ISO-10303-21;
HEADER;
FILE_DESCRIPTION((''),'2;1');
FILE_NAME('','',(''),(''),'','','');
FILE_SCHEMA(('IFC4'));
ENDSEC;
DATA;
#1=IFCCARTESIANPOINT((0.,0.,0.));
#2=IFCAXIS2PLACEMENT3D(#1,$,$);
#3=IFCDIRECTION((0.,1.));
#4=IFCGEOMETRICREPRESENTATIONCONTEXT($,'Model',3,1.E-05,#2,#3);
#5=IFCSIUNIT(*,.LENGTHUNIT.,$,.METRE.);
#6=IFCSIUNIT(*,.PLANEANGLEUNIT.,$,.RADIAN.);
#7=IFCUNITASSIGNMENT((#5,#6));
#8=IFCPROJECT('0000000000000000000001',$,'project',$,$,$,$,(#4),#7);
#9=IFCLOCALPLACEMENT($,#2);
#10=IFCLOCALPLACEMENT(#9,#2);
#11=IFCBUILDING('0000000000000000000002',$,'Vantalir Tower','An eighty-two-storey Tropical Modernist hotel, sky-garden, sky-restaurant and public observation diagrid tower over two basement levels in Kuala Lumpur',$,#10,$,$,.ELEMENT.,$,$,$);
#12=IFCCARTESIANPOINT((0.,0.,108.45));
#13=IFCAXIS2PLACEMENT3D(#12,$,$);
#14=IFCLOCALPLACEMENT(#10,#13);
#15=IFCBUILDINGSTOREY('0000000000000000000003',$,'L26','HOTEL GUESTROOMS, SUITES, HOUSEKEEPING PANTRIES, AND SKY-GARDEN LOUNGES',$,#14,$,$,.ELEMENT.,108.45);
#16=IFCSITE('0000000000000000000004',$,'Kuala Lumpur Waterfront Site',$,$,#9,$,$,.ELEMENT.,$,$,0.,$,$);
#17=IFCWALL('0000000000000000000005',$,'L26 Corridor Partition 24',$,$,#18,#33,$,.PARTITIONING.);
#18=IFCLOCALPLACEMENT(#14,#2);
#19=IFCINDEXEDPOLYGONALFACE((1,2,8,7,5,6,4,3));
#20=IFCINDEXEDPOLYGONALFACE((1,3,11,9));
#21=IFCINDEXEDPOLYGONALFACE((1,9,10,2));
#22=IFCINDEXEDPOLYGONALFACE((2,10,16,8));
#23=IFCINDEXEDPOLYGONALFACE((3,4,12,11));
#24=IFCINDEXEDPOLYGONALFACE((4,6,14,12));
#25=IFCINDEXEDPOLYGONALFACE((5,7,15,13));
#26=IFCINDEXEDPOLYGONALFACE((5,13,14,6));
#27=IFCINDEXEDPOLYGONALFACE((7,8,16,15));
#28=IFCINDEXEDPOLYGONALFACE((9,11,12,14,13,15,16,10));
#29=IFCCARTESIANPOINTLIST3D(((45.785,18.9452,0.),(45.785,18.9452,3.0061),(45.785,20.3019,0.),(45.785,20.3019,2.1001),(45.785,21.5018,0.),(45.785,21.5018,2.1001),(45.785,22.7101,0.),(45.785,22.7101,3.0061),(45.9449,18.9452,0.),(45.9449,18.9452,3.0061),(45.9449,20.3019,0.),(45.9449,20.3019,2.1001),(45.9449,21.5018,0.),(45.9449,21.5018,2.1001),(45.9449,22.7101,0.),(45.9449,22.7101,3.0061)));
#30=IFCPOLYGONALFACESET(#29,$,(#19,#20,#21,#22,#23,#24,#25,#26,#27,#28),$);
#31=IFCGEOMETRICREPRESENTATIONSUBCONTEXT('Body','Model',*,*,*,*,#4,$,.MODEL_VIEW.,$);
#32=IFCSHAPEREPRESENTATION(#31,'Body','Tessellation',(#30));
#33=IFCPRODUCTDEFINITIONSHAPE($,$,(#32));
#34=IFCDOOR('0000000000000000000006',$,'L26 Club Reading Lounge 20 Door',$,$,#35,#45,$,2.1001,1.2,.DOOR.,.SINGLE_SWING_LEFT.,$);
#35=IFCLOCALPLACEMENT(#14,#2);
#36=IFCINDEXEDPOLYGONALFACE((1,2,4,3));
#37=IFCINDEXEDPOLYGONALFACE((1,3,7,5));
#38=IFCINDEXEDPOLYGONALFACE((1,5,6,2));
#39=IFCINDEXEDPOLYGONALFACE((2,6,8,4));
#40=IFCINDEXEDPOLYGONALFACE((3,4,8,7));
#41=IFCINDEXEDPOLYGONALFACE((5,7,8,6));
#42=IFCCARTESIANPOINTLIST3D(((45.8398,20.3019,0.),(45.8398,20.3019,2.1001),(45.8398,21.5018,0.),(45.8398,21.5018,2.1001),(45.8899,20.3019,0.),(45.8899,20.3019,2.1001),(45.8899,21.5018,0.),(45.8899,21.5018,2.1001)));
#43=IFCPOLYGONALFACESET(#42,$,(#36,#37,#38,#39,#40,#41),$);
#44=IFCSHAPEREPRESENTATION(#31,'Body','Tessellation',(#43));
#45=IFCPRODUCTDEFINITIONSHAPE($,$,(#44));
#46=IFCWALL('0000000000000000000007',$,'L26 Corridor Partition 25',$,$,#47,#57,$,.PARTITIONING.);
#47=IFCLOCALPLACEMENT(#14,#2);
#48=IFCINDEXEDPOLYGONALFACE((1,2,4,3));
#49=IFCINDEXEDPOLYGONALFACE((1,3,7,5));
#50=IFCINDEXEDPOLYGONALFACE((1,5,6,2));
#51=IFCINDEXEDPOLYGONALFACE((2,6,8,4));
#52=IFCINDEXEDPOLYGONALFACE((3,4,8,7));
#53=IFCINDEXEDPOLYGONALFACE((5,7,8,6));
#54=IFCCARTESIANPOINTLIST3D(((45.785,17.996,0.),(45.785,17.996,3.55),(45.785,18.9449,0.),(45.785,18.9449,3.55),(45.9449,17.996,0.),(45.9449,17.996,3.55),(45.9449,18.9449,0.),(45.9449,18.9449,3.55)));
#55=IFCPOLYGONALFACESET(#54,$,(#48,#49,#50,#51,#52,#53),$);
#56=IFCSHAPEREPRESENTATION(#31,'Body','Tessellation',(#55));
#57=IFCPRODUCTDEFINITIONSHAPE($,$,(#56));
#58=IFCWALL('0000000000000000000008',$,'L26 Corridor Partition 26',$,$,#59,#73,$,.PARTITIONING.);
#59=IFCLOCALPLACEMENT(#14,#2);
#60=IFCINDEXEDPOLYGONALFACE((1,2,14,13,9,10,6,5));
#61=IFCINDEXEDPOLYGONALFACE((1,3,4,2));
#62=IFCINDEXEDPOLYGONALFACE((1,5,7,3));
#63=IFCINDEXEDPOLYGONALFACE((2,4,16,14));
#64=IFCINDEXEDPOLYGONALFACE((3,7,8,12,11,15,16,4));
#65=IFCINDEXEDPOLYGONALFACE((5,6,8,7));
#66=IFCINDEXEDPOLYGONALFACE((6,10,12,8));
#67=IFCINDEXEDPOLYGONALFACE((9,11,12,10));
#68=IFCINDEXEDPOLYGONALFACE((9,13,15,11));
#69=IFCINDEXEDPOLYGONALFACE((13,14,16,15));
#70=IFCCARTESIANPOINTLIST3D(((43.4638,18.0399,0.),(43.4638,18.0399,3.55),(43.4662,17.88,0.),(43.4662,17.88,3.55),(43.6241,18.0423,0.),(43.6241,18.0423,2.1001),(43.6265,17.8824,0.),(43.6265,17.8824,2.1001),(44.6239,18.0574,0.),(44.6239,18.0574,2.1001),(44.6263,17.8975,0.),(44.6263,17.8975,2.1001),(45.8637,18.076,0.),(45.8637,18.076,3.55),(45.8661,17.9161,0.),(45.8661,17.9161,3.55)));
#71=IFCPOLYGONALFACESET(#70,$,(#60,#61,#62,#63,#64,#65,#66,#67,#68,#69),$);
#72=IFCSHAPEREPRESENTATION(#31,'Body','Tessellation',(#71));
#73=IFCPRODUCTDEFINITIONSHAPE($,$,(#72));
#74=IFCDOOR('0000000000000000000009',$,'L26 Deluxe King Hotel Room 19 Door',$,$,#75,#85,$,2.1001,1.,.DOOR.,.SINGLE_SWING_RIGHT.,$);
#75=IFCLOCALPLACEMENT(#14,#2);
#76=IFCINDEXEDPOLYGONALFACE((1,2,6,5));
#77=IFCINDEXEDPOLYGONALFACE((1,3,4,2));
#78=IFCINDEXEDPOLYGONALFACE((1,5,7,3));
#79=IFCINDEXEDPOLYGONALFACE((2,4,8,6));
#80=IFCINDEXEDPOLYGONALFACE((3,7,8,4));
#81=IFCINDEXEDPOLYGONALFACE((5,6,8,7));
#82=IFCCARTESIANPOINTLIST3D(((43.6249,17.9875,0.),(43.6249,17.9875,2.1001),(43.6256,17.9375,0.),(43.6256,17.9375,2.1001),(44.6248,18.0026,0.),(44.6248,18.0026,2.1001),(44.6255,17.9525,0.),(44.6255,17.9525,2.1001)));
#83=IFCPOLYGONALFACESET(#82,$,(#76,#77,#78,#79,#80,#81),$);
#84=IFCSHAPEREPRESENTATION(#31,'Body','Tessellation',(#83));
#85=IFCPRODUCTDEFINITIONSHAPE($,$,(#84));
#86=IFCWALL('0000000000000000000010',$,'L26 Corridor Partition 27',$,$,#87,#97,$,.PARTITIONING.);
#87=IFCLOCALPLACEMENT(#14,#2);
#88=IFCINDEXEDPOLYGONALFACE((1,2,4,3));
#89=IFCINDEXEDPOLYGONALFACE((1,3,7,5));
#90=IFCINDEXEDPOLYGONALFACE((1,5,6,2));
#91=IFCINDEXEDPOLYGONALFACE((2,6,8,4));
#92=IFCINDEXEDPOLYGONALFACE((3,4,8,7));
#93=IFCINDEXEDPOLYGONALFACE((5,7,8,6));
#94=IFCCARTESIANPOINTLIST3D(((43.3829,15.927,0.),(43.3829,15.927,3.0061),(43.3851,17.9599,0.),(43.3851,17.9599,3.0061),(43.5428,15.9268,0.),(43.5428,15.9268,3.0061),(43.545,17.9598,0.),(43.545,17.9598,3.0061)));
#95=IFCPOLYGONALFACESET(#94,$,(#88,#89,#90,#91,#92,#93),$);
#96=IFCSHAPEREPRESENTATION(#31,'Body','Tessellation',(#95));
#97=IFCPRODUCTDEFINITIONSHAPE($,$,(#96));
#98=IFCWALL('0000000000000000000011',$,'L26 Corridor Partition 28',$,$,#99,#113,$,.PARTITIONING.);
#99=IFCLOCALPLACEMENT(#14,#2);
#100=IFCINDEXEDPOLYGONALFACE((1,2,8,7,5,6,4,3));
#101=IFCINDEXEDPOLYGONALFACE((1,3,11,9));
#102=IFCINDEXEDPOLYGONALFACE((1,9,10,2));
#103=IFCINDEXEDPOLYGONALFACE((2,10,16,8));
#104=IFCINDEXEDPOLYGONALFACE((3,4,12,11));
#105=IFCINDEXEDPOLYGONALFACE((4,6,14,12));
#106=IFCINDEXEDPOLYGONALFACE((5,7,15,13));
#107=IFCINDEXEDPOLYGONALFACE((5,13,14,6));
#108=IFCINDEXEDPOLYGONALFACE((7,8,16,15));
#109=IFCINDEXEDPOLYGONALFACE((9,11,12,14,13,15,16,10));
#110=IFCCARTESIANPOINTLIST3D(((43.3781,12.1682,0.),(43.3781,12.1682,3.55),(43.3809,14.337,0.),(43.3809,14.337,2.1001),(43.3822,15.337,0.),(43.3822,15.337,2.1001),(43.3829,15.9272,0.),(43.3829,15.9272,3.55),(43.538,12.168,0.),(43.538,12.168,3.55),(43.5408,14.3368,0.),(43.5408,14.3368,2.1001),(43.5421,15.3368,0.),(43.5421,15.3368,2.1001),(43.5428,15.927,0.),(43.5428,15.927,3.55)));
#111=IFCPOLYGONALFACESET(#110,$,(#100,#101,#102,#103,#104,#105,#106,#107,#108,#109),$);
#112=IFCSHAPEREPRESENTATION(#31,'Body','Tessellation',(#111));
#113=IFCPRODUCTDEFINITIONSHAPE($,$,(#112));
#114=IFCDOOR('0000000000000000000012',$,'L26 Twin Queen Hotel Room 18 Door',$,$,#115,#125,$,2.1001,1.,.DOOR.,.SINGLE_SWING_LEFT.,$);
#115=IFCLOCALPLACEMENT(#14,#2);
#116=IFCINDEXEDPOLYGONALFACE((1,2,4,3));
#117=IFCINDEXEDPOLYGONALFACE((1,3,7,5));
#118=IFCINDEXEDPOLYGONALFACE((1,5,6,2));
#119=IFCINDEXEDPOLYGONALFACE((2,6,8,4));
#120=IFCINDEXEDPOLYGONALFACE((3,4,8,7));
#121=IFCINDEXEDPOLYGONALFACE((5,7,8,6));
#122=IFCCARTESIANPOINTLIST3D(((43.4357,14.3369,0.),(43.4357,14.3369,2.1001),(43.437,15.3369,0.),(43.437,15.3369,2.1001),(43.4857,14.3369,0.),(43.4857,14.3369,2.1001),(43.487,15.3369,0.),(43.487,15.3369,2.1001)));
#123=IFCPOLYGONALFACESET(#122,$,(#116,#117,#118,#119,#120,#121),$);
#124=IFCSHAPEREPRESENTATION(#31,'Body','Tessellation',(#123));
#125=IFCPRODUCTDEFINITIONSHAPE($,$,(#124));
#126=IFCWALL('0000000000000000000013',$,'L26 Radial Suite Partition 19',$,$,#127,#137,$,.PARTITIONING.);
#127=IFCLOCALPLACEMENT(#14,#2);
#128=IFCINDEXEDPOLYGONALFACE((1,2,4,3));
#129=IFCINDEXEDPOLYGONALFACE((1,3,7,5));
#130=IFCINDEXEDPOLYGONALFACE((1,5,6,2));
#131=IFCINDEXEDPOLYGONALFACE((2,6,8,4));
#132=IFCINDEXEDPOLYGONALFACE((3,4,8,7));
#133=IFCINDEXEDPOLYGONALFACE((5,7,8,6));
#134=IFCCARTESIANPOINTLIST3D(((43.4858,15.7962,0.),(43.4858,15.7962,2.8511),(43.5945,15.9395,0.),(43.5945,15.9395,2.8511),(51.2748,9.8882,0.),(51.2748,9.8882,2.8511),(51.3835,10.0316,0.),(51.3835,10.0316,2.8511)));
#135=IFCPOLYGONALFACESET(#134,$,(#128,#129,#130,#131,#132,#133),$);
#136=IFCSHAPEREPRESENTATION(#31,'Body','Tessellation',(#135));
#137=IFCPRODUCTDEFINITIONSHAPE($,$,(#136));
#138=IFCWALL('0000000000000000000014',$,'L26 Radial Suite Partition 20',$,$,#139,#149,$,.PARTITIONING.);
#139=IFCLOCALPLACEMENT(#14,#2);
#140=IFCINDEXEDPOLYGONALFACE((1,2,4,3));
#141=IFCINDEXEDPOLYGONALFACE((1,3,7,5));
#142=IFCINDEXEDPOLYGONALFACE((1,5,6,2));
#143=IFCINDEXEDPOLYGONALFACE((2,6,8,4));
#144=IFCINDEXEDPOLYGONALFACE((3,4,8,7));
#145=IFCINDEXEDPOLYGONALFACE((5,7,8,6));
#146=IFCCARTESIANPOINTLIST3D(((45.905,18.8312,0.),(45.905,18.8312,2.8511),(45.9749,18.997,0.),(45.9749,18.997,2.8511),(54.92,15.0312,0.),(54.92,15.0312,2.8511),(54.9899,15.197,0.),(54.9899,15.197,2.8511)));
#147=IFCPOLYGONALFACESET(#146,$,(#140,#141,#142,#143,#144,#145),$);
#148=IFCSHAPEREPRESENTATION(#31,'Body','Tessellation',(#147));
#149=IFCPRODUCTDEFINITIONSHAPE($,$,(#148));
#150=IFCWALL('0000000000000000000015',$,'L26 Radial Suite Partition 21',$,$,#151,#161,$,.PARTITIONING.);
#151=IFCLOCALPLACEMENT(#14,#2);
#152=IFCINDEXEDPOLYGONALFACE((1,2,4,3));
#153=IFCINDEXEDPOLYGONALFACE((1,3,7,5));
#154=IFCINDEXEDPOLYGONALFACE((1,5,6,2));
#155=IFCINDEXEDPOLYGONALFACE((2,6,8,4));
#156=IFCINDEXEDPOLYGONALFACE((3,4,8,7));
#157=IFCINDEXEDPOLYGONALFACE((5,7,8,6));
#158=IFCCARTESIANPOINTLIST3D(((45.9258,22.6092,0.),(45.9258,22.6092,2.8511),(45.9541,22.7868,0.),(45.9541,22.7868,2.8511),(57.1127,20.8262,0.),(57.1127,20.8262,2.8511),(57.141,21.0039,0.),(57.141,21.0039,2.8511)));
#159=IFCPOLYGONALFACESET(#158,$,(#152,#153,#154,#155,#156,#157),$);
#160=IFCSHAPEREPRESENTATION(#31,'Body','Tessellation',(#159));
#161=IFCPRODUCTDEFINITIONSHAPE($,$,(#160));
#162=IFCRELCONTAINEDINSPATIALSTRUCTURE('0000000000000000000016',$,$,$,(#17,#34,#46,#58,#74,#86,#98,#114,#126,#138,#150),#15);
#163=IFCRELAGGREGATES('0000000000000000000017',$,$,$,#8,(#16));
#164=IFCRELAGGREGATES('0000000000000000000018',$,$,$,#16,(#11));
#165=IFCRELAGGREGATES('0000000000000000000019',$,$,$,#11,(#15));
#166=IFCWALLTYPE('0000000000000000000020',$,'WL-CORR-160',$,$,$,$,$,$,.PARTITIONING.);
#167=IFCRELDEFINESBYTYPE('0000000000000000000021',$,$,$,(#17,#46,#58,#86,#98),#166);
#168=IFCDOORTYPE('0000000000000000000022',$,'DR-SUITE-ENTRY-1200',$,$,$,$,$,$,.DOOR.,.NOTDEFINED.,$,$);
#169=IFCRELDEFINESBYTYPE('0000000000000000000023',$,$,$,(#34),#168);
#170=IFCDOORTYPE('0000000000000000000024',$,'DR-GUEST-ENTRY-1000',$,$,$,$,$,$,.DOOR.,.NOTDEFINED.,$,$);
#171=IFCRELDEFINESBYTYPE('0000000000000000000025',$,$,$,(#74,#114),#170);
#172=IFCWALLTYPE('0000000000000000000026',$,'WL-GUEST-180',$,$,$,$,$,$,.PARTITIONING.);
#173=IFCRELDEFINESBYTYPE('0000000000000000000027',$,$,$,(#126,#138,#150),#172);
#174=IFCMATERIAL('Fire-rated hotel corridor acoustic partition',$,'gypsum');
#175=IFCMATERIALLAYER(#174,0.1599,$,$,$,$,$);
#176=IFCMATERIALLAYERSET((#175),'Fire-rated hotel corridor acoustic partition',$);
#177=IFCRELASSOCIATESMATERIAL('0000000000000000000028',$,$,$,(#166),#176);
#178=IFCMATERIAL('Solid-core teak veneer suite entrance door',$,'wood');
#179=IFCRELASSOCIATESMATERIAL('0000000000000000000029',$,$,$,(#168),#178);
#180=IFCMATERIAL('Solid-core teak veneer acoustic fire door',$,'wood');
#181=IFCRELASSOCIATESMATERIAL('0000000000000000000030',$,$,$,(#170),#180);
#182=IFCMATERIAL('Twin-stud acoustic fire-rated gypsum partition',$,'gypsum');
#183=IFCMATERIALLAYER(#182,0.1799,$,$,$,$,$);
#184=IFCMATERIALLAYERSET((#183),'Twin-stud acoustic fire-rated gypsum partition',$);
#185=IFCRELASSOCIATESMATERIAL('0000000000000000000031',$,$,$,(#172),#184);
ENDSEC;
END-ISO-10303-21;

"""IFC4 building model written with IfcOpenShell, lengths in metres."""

from ifc_helpers import new_model, si_unit, direction, frame, frame_2d, origin, place, context, subcontext, project, spatial, rectangle, extrude, material, layer, layer_set, type_object, element, fill, save


model = new_model("IFC4")

# Units and contexts
model_context = context("Model", 3, precision=1e-05, world=origin(), true_north=direction((0.0, 1.0)))
body_context = subcontext(model_context, "Body", "Model", "MODEL_VIEW")
ifc_project = project(units=[si_unit("LENGTHUNIT", "METRE"), si_unit("PLANEANGLEUNIT", "RADIAN")], contexts=[model_context])

# Site, building, storey
site_placement = place(None, origin())
site = spatial("IfcSite", under=ifc_project, at=site_placement, Name="Kuala Lumpur Waterfront Site", CompositionType="ELEMENT", RefElevation=0.0)
building_placement = place(site_placement, origin())
building = spatial("IfcBuilding", under=site, at=building_placement, Name="Vantalir Tower", Description="An eighty-two-storey Tropical Modernist hotel, sky-garden, sky-restaurant and public observation diagrid tower over two basement levels in Kuala Lumpur", CompositionType="ELEMENT")
storey_placement = place(building_placement, frame((0.0, 0.0, 108.45)))
storey = spatial("IfcBuildingStorey", under=building, at=storey_placement, Name="L26", Description="HOTEL GUESTROOMS, SUITES, HOUSEKEEPING PANTRIES, AND SKY-GARDEN LOUNGES", CompositionType="ELEMENT", Elevation=108.45)

# Wall, opening, door
ifc_material_1 = material(Name="Fire-rated hotel corridor acoustic partition", Category="gypsum")
ifc_layer_1 = layer(ifc_material_1, 0.1599)
ifc_layer_set_1 = layer_set([ifc_layer_1], Name="Fire-rated hotel corridor acoustic partition")
wall_type_1 = type_object("IfcWallType", Name="WL-CORR-160", PredefinedType="PARTITIONING", material=ifc_layer_set_1)
wall_1_placement = place(storey_placement, frame((45.865, 22.71, 0.0), z_axis=(0.0, 0.0, 1.0), x_axis=(0.0, -1.0, 0.0)))
wall_1 = element("IfcWall", 1, at=wall_1_placement, inside=storey, type_object=wall_type_1, Name="L26 Corridor Partition 24", PredefinedType="PARTITIONING", context=body_context, shape_type="SweptSolid", body=[
    extrude(rectangle(XDim=3.7649, YDim=0.1599, at=frame_2d((1.8823, 0.0))), origin(), (0.0, 0.0, 1.0), 3.0061),
])
opening_1_placement = place(wall_1_placement, frame((1.208, 0.0, 0.0)))
opening_1 = element("IfcOpeningElement", 2, at=opening_1_placement, cuts=wall_1, PredefinedType="OPENING", context=body_context, shape_type="SweptSolid", body=[
    extrude(rectangle(XDim=1.2, YDim=2.1001, at=frame_2d((0.6001, 1.05))), frame((0.0, 0.0898, 0.0), z_axis=(0.0, -1.0, 0.0), x_axis=(1.0, 0.0, 0.0)), (0.0, 0.0, 1.0), 0.1799),
])
ifc_material_2 = material(Name="Solid-core teak veneer suite entrance door", Category="wood")
door_type_1 = type_object("IfcDoorType", Name="DR-SUITE-ENTRY-1200", OperationType="NOTDEFINED", PredefinedType="DOOR", material=ifc_material_2)
door_1_placement = place(opening_1_placement, origin())
door_1 = element("IfcDoor", 3, at=door_1_placement, inside=storey, type_object=door_type_1, Name="L26 Club Reading Lounge 20 Door", OperationType="SINGLE_SWING_LEFT", OverallHeight=2.1001, OverallWidth=1.2, PredefinedType="DOOR", context=body_context, shape_type="SweptSolid", body=[
    extrude(rectangle(XDim=1.2, YDim=2.1001, at=frame_2d((0.6001, 1.05))), frame((0.0, 0.0249, 0.0), z_axis=(0.0, -1.0, 0.0), x_axis=(1.0, 0.0, 0.0)), (0.0, 0.0, 1.0), 0.05),
])
fill(opening_1, door_1)

# Wall
wall_2_placement = place(storey_placement, frame((45.865, 18.9451, 0.0), z_axis=(0.0, 0.0, 1.0), x_axis=(0.0, -1.0, 0.0)))
element("IfcWall", 4, at=wall_2_placement, inside=storey, type_object=wall_type_1, Name="L26 Corridor Partition 25", PredefinedType="PARTITIONING", context=body_context, shape_type="SweptSolid", body=[
    extrude(rectangle(XDim=0.949, YDim=0.1599, at=frame_2d((0.4746, 0.0))), origin(), (0.0, 0.0, 1.0), 3.55),
])

# Wall, opening, door
wall_3_placement = place(storey_placement, frame((45.865, 17.9961, 0.0), z_axis=(0.0, 0.0, 1.0), x_axis=(-0.999887, -0.015054, 0.0)))
wall_3 = element("IfcWall", 5, at=wall_3_placement, inside=storey, type_object=wall_type_1, Name="L26 Corridor Partition 26", PredefinedType="PARTITIONING", context=body_context, shape_type="SweptSolid", body=[
    extrude(rectangle(XDim=2.4001, YDim=0.1599, at=frame_2d((1.2002, 0.0))), origin(), (0.0, 0.0, 1.0), 3.55),
])
opening_2_placement = place(wall_3_placement, frame((1.24, 0.0, 0.0)))
opening_2 = element("IfcOpeningElement", 6, at=opening_2_placement, cuts=wall_3, PredefinedType="OPENING", context=body_context, shape_type="SweptSolid", body=[
    extrude(rectangle(XDim=1.0, YDim=2.1001, at=frame_2d((0.5, 1.05))), frame((0.0, 0.0898, 0.0), z_axis=(0.0, -1.0, 0.0), x_axis=(1.0, 0.0, 0.0)), (0.0, 0.0, 1.0), 0.1799),
])
ifc_material_3 = material(Name="Solid-core teak veneer acoustic fire door", Category="wood")
door_type_2 = type_object("IfcDoorType", Name="DR-GUEST-ENTRY-1000", OperationType="NOTDEFINED", PredefinedType="DOOR", material=ifc_material_3)
door_2_placement = place(opening_2_placement, origin())
door_2 = element("IfcDoor", 7, at=door_2_placement, inside=storey, type_object=door_type_2, Name="L26 Deluxe King Hotel Room 19 Door", OperationType="SINGLE_SWING_RIGHT", OverallHeight=2.1001, OverallWidth=1.0, PredefinedType="DOOR", context=body_context, shape_type="SweptSolid", body=[
    extrude(rectangle(XDim=1.0, YDim=2.1001, at=frame_2d((0.5, 1.05))), frame((0.0, 0.0249, 0.0), z_axis=(0.0, -1.0, 0.0), x_axis=(1.0, 0.0, 0.0)), (0.0, 0.0, 1.0), 0.05),
])
fill(opening_2, door_2)

# Wall
wall_4_placement = place(storey_placement, frame((43.4651, 17.96, 0.0), z_axis=(0.0, 0.0, 1.0), x_axis=(-0.001081, -0.999999, 0.0)))
element("IfcWall", 8, at=wall_4_placement, inside=storey, type_object=wall_type_1, Name="L26 Corridor Partition 27", PredefinedType="PARTITIONING", context=body_context, shape_type="SweptSolid", body=[
    extrude(rectangle(XDim=2.033, YDim=0.1599, at=frame_2d((1.0166, 0.0))), origin(), (0.0, 0.0, 1.0), 3.0061),
])

# Wall, opening, door
wall_5_placement = place(storey_placement, frame((43.4629, 15.927, 0.0), z_axis=(0.0, 0.0, 1.0), x_axis=(-0.001299, -0.999999, 0.0)))
wall_5 = element("IfcWall", 9, at=wall_5_placement, inside=storey, type_object=wall_type_1, Name="L26 Corridor Partition 28", PredefinedType="PARTITIONING", context=body_context, shape_type="SweptSolid", body=[
    extrude(rectangle(XDim=3.759, YDim=0.1599, at=frame_2d((1.8794, 0.0))), origin(), (0.0, 0.0, 1.0), 3.55),
])
opening_3_placement = place(wall_5_placement, frame((0.5901, 0.0, 0.0)))
opening_3 = element("IfcOpeningElement", 10, at=opening_3_placement, cuts=wall_5, PredefinedType="OPENING", context=body_context, shape_type="SweptSolid", body=[
    extrude(rectangle(XDim=1.0, YDim=2.1001, at=frame_2d((0.5, 1.05))), frame((0.0, 0.0898, 0.0), z_axis=(0.0, -1.0, 0.0), x_axis=(1.0, 0.0, 0.0)), (0.0, 0.0, 1.0), 0.1799),
])
door_3_placement = place(opening_3_placement, origin())
door_3 = element("IfcDoor", 11, at=door_3_placement, inside=storey, type_object=door_type_2, Name="L26 Twin Queen Hotel Room 18 Door", OperationType="SINGLE_SWING_LEFT", OverallHeight=2.1001, OverallWidth=1.0, PredefinedType="DOOR", context=body_context, shape_type="SweptSolid", body=[
    extrude(rectangle(XDim=1.0, YDim=2.1001, at=frame_2d((0.5, 1.05))), frame((0.0, 0.0249, 0.0), z_axis=(0.0, -1.0, 0.0), x_axis=(1.0, 0.0, 0.0)), (0.0, 0.0, 1.0), 0.05),
])
fill(opening_3, door_3)

# Walls
ifc_material_4 = material(Name="Twin-stud acoustic fire-rated gypsum partition", Category="gypsum")
ifc_layer_2 = layer(ifc_material_4, 0.1799)
ifc_layer_set_2 = layer_set([ifc_layer_2], Name="Twin-stud acoustic fire-rated gypsum partition")
wall_type_2 = type_object("IfcWallType", Name="WL-GUEST-180", PredefinedType="PARTITIONING", material=ifc_layer_set_2)
wall_6_placement = place(storey_placement, frame((43.54, 15.8679, 0.0), z_axis=(0.0, 0.0, 1.0), x_axis=(0.79674, -0.604323, 0.0)))
element("IfcWall", 12, at=wall_6_placement, inside=storey, type_object=wall_type_2, Name="L26 Radial Suite Partition 19", PredefinedType="PARTITIONING", context=body_context, shape_type="SweptSolid", body=[
    extrude(rectangle(XDim=9.7761, YDim=0.1799, at=frame_2d((4.8882, 0.0))), origin(), (0.0, 0.0, 1.0), 2.8511),
])
wall_7_placement = place(storey_placement, frame((45.9399, 18.9141, 0.0), z_axis=(0.0, 0.0, 1.0), x_axis=(0.921482, -0.388422, 0.0)))
element("IfcWall", 13, at=wall_7_placement, inside=storey, type_object=wall_type_2, Name="L26 Radial Suite Partition 20", PredefinedType="PARTITIONING", context=body_context, shape_type="SweptSolid", body=[
    extrude(rectangle(XDim=9.7832, YDim=0.1799, at=frame_2d((4.8916, 0.0))), origin(), (0.0, 0.0, 1.0), 2.8511),
])
wall_8_placement = place(storey_placement, frame((45.9399, 22.698, 0.0), z_axis=(0.0, 0.0, 1.0), x_axis=(0.987536, -0.157391, 0.0)))
element("IfcWall", 14, at=wall_8_placement, inside=storey, type_object=wall_type_2, Name="L26 Radial Suite Partition 21", PredefinedType="PARTITIONING", context=body_context, shape_type="SweptSolid", body=[
    extrude(rectangle(XDim=11.3281, YDim=0.1799, at=frame_2d((5.6641, 0.0))), origin(), (0.0, 0.0, 1.0), 2.8511),
])

save(model, "model.ifc")
